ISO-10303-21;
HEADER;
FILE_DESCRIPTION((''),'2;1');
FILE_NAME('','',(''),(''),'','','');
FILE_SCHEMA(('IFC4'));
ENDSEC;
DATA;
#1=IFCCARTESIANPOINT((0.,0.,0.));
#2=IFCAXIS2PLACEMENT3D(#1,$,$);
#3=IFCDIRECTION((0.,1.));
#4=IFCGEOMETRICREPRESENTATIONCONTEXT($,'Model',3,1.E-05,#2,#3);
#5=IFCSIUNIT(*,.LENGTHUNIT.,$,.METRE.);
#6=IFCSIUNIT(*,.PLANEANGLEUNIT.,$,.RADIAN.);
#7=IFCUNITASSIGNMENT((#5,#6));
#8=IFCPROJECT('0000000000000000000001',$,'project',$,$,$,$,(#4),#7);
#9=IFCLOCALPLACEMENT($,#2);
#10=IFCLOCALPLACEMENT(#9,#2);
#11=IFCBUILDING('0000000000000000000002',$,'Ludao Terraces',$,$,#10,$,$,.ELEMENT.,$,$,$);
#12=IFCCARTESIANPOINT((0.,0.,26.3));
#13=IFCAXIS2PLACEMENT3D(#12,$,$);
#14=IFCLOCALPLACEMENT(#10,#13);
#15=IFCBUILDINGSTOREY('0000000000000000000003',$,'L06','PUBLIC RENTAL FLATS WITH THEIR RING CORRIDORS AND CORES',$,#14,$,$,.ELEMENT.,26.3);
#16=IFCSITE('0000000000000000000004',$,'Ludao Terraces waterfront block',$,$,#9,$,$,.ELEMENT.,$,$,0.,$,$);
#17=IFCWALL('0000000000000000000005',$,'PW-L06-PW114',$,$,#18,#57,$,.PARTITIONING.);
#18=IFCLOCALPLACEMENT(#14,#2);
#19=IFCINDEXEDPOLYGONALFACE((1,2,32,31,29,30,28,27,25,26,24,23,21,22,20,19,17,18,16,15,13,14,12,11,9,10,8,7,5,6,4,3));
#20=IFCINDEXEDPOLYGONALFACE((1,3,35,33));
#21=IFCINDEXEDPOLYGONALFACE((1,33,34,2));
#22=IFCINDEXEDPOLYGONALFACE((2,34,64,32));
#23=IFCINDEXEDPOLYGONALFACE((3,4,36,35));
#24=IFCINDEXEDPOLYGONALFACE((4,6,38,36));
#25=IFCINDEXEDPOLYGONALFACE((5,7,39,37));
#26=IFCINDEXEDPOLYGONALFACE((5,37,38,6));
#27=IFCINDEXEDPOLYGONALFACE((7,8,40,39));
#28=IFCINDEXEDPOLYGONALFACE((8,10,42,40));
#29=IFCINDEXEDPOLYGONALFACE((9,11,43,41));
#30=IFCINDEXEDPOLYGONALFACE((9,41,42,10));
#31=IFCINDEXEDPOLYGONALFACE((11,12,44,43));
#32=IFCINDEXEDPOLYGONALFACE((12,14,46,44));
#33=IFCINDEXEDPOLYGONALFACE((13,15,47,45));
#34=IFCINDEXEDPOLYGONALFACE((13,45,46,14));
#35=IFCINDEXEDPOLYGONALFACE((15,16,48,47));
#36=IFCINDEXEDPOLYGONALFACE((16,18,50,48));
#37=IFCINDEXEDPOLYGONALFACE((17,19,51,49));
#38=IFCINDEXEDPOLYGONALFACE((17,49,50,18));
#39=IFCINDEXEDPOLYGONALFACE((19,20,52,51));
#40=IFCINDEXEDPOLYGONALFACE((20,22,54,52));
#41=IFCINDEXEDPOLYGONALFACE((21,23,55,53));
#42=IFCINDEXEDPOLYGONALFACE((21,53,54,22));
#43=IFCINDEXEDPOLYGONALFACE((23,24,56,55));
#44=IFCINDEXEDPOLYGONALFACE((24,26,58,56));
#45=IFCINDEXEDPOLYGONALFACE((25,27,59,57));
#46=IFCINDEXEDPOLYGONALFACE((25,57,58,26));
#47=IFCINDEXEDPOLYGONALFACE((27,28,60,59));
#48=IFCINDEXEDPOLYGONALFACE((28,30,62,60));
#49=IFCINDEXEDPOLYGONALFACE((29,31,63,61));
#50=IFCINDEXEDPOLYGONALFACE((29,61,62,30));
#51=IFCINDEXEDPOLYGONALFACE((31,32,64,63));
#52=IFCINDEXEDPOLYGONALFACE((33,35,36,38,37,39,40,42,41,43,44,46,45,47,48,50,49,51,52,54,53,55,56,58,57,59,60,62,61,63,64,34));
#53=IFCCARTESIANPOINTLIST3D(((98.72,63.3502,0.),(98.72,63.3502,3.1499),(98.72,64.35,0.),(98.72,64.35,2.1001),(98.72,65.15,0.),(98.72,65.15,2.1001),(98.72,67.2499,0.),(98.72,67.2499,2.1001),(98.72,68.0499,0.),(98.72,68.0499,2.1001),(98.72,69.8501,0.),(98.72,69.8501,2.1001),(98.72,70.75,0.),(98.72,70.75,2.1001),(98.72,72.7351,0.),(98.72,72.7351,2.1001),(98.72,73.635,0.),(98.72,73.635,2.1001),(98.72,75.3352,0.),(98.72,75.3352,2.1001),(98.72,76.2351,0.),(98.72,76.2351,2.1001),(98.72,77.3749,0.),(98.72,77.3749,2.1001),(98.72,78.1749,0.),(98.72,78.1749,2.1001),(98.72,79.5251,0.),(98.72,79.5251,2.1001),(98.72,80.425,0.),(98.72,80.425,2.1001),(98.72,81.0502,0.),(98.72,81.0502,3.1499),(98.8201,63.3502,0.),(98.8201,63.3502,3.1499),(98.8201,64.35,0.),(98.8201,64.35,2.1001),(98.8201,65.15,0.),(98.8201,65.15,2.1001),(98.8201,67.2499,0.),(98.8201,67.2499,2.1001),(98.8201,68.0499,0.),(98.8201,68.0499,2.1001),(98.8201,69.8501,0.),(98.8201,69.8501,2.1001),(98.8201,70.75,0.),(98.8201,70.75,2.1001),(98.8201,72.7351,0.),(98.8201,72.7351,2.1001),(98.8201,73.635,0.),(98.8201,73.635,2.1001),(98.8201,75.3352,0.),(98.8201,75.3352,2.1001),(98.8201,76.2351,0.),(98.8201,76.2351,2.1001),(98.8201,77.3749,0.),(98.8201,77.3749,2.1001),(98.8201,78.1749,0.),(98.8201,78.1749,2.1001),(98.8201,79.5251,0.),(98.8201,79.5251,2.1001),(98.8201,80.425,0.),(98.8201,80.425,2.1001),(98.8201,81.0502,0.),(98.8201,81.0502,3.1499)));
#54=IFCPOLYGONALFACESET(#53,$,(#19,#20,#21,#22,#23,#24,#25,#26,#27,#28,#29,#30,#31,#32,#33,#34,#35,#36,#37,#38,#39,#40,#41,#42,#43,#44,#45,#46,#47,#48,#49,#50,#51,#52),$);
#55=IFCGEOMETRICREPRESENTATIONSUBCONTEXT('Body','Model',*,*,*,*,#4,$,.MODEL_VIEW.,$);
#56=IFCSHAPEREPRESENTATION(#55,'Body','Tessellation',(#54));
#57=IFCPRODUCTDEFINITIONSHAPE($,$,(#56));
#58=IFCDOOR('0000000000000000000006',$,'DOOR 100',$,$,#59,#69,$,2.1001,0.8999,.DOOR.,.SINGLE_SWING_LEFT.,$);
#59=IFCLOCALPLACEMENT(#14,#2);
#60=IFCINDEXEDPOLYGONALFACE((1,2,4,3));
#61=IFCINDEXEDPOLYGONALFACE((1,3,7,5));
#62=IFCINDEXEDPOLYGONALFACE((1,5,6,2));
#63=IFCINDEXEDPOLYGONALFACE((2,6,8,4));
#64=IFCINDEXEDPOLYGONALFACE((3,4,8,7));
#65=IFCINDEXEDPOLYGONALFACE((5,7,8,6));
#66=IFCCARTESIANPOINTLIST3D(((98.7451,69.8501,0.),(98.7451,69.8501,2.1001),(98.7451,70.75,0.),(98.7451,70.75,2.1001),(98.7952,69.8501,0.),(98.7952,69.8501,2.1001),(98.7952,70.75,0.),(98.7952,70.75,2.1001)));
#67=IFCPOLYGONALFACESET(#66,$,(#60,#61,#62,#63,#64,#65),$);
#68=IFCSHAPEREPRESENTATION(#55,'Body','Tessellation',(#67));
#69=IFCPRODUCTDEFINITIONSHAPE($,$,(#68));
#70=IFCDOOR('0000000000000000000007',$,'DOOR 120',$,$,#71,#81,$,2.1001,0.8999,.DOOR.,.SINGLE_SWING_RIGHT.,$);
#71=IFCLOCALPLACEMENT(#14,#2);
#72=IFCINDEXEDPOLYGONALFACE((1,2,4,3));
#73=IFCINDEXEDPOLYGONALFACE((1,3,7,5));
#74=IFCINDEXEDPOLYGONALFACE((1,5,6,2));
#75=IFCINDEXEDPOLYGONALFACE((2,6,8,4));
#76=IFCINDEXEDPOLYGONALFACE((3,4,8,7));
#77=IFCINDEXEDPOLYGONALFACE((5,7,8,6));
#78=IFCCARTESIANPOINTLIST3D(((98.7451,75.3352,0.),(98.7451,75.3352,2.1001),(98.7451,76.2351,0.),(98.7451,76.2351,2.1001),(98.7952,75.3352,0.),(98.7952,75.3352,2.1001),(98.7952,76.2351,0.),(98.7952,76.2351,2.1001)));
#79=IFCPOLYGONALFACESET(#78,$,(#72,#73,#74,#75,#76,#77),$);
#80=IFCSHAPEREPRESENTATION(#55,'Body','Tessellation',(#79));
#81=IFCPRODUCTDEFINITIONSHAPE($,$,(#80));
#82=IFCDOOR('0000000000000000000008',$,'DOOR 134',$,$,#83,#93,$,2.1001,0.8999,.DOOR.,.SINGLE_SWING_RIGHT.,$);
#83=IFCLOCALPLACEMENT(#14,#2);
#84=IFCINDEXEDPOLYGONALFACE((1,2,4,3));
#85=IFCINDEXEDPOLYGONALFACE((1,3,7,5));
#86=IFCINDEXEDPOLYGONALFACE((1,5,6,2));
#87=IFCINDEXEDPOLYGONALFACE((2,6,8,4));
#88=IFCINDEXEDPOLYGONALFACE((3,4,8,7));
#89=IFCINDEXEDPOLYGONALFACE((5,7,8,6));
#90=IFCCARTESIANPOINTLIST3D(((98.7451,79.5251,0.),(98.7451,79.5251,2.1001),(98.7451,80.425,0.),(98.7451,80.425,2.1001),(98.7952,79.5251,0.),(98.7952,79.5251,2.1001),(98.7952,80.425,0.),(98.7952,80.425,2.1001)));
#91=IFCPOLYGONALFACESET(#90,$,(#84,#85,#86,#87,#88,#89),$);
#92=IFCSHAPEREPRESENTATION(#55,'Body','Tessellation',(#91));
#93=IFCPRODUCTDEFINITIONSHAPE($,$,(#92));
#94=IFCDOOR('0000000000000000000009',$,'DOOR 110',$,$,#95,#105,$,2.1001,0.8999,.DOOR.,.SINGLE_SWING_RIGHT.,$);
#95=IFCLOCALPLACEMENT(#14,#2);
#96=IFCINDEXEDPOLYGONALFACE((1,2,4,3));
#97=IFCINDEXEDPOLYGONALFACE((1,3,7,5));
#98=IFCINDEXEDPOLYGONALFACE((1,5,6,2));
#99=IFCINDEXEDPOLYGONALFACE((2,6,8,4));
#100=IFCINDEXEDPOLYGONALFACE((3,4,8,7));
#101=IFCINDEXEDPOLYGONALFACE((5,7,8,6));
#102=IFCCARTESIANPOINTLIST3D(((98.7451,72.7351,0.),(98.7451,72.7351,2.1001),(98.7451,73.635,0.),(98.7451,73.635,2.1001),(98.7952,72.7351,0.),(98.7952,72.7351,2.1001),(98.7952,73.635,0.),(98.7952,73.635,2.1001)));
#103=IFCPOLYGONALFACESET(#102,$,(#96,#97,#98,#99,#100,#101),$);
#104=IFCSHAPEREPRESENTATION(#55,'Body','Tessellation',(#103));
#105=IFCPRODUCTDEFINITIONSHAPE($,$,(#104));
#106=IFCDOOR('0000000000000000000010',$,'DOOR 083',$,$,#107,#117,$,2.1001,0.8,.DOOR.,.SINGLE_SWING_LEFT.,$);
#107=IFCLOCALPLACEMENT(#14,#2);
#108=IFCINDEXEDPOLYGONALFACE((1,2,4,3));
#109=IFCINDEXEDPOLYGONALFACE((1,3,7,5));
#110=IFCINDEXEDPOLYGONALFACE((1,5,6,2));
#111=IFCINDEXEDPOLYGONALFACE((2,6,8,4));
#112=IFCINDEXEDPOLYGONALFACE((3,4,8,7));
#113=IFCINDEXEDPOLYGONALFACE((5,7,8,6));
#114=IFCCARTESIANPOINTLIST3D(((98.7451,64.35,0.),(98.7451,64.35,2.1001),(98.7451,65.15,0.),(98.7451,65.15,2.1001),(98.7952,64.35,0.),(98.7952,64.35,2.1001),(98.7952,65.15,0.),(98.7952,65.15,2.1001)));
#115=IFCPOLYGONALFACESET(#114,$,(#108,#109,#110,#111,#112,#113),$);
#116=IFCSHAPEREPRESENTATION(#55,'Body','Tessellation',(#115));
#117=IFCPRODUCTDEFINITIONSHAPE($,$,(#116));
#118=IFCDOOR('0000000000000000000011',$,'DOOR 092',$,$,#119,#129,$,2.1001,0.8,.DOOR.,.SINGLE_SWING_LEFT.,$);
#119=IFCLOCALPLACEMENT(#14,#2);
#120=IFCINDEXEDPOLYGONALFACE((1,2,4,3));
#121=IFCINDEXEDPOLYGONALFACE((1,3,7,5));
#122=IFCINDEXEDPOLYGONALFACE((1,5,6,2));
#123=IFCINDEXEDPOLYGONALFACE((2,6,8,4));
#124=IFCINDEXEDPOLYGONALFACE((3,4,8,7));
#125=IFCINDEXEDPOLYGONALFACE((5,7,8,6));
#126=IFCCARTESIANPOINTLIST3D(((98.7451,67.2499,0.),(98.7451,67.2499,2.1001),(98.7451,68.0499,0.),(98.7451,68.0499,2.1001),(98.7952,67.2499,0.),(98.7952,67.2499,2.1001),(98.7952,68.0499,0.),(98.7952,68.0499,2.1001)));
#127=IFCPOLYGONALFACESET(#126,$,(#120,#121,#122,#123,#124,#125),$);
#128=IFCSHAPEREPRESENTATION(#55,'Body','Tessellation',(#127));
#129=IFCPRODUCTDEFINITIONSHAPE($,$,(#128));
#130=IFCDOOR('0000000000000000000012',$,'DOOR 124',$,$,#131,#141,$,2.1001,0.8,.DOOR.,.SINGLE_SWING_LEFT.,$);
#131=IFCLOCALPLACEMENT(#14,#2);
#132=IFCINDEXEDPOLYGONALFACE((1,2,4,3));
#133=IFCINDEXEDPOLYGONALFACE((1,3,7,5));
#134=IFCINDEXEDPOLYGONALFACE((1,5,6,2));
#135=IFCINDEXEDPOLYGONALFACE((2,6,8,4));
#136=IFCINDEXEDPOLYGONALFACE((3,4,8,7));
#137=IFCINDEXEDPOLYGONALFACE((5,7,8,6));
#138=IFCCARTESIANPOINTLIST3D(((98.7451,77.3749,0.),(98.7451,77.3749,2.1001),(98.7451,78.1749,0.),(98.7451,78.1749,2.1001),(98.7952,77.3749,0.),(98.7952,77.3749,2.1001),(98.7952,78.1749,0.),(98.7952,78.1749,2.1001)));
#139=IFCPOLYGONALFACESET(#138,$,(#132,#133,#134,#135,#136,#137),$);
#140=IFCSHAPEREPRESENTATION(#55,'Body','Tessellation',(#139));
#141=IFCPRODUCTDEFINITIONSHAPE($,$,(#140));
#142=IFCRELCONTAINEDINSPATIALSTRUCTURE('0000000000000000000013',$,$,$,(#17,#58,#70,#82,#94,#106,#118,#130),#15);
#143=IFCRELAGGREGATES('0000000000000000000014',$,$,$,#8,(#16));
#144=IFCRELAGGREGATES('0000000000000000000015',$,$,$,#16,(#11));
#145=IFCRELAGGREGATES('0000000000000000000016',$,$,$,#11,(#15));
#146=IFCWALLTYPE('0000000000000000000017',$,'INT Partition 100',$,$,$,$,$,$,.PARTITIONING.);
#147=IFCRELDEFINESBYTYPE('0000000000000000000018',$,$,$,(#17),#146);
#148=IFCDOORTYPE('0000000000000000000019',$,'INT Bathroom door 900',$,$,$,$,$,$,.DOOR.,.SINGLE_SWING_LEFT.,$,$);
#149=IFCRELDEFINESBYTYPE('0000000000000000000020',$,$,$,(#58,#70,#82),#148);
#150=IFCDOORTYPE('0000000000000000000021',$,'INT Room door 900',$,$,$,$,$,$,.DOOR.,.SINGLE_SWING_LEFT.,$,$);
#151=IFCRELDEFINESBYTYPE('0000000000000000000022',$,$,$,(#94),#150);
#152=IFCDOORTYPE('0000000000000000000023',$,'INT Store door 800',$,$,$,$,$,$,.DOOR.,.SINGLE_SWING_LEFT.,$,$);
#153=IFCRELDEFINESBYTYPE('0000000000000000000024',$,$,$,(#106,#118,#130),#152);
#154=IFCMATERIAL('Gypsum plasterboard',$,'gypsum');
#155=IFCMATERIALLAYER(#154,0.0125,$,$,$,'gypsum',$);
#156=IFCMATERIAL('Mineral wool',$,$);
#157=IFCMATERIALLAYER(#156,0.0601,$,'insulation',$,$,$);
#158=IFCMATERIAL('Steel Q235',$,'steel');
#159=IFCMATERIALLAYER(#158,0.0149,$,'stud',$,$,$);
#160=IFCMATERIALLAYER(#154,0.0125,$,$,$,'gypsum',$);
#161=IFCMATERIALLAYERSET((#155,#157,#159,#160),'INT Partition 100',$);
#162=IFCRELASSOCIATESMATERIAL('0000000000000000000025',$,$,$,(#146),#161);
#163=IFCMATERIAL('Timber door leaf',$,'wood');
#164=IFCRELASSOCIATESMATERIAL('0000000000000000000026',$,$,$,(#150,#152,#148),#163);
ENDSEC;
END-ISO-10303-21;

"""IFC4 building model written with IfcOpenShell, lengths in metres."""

from ifc_helpers import new_model, si_unit, direction, frame, frame_2d, origin, place, context, subcontext, project, spatial, rectangle, extrude, material, layer, layer_set, type_object, element, fill, save


model = new_model("IFC4")

# Units and contexts
model_context = context("Model", 3, precision=1e-05, world=origin(), true_north=direction((0.0, 1.0)))
body_context = subcontext(model_context, "Body", "Model", "MODEL_VIEW")
ifc_project = project(units=[si_unit("LENGTHUNIT", "METRE"), si_unit("PLANEANGLEUNIT", "RADIAN")], contexts=[model_context])

# Site, building, storey
site_placement = place(None, origin())
site = spatial("IfcSite", under=ifc_project, at=site_placement, Name="Ludao Terraces waterfront block", CompositionType="ELEMENT", RefElevation=0.0)
building_placement = place(site_placement, origin())
building = spatial("IfcBuilding", under=site, at=building_placement, Name="Ludao Terraces", CompositionType="ELEMENT")
storey_placement = place(building_placement, frame((0.0, 0.0, 26.3)))
storey = spatial("IfcBuildingStorey", under=building, at=storey_placement, Name="L06", Description="PUBLIC RENTAL FLATS WITH THEIR RING CORRIDORS AND CORES", CompositionType="ELEMENT", Elevation=26.3)

# Shared definitions
ifc_material_1 = material(Name="Gypsum plasterboard", Category="gypsum")
ifc_layer_1 = layer(ifc_material_1, 0.0125, Category="gypsum")
ifc_material_2 = material(Name="Mineral wool")
ifc_layer_2 = layer(ifc_material_2, 0.0601, Name="insulation")
ifc_material_3 = material(Name="Steel Q235", Category="steel")
ifc_layer_3 = layer(ifc_material_3, 0.0149, Name="stud")
ifc_layer_4 = layer(ifc_material_1, 0.0125, Category="gypsum")
ifc_layer_set = layer_set([ifc_layer_1, ifc_layer_2, ifc_layer_3, ifc_layer_4], Name="INT Partition 100")
wall_type = type_object("IfcWallType", Name="INT Partition 100", PredefinedType="PARTITIONING", material=ifc_layer_set)

# Wall, openings, doors
ifc_material_4 = material(Name="Timber door leaf", Category="wood")
door_type_1 = type_object("IfcDoorType", Name="INT Room door 900", OperationType="SINGLE_SWING_LEFT", PredefinedType="DOOR", material=ifc_material_4)
door_type_2 = type_object("IfcDoorType", Name="INT Store door 800", OperationType="SINGLE_SWING_LEFT", PredefinedType="DOOR", material=ifc_material_4)
wall_1_placement = place(storey_placement, frame((98.77, 63.3501, 0.0), z_axis=(0.0, 0.0, 1.0), x_axis=(0.0, 1.0, 0.0)))
wall_1 = element("IfcWall", 1, at=wall_1_placement, inside=storey, type_object=wall_type, Name="PW-L06-PW114", PredefinedType="PARTITIONING", context=body_context, shape_type="SweptSolid", body=[
    extrude(rectangle(XDim=17.7, YDim=0.1001, at=frame_2d((8.8501, 0.0))), origin(), (0.0, 0.0, 1.0), 3.1499),
])
opening_1_placement = place(wall_1_placement, frame((1.0, 0.0, 0.0)))
opening_1 = element("IfcOpeningElement", 2, at=opening_1_placement, cuts=wall_1, PredefinedType="OPENING", context=body_context, shape_type="SweptSolid", body=[
    extrude(rectangle(XDim=0.8, YDim=2.1001, at=frame_2d((0.3999, 1.05))), frame((0.0, 0.0601, 0.0), z_axis=(0.0, -1.0, 0.0), x_axis=(1.0, 0.0, 0.0)), (0.0, 0.0, 1.0), 0.1201),
])
opening_2_placement = place(wall_1_placement, frame((3.8999, 0.0, 0.0)))
opening_2 = element("IfcOpeningElement", 3, at=opening_2_placement, cuts=wall_1, PredefinedType="OPENING", context=body_context, shape_type="SweptSolid", body=[
    extrude(rectangle(XDim=0.8, YDim=2.1001, at=frame_2d((0.3999, 1.05))), frame((0.0, 0.0601, 0.0), z_axis=(0.0, -1.0, 0.0), x_axis=(1.0, 0.0, 0.0)), (0.0, 0.0, 1.0), 0.1201),
])
opening_3_placement = place(wall_1_placement, frame((6.5, 0.0, 0.0)))
opening_3 = element("IfcOpeningElement", 4, at=opening_3_placement, cuts=wall_1, PredefinedType="OPENING", context=body_context, shape_type="SweptSolid", body=[
    extrude(rectangle(XDim=0.8999, YDim=2.1001, at=frame_2d((0.45, 1.05))), frame((0.0, 0.0601, 0.0), z_axis=(0.0, -1.0, 0.0), x_axis=(1.0, 0.0, 0.0)), (0.0, 0.0, 1.0), 0.1201),
])
opening_4_placement = place(wall_1_placement, frame((9.385, 0.0, 0.0)))
opening_4 = element("IfcOpeningElement", 5, at=opening_4_placement, cuts=wall_1, PredefinedType="OPENING", context=body_context, shape_type="SweptSolid", body=[
    extrude(rectangle(XDim=0.8999, YDim=2.1001, at=frame_2d((0.45, 1.05))), frame((0.0, 0.0601, 0.0), z_axis=(0.0, -1.0, 0.0), x_axis=(1.0, 0.0, 0.0)), (0.0, 0.0, 1.0), 0.1201),
])
opening_5_placement = place(wall_1_placement, frame((11.9851, 0.0, 0.0)))
opening_5 = element("IfcOpeningElement", 6, at=opening_5_placement, cuts=wall_1, PredefinedType="OPENING", context=body_context, shape_type="SweptSolid", body=[
    extrude(rectangle(XDim=0.8999, YDim=2.1001, at=frame_2d((0.45, 1.05))), frame((0.0, 0.0601, 0.0), z_axis=(0.0, -1.0, 0.0), x_axis=(1.0, 0.0, 0.0)), (0.0, 0.0, 1.0), 0.1201),
])
opening_6_placement = place(wall_1_placement, frame((14.0249, 0.0, 0.0)))
opening_6 = element("IfcOpeningElement", 7, at=opening_6_placement, cuts=wall_1, PredefinedType="OPENING", context=body_context, shape_type="SweptSolid", body=[
    extrude(rectangle(XDim=0.8, YDim=2.1001, at=frame_2d((0.3999, 1.05))), frame((0.0, 0.0601, 0.0), z_axis=(0.0, -1.0, 0.0), x_axis=(1.0, 0.0, 0.0)), (0.0, 0.0, 1.0), 0.1201),
])
opening_7_placement = place(wall_1_placement, frame((16.175, 0.0, 0.0)))
opening_7 = element("IfcOpeningElement", 8, at=opening_7_placement, cuts=wall_1, PredefinedType="OPENING", context=body_context, shape_type="SweptSolid", body=[
    extrude(rectangle(XDim=0.8999, YDim=2.1001, at=frame_2d((0.45, 1.05))), frame((0.0, 0.0601, 0.0), z_axis=(0.0, -1.0, 0.0), x_axis=(1.0, 0.0, 0.0)), (0.0, 0.0, 1.0), 0.1201),
])
door_type_3 = type_object("IfcDoorType", Name="INT Bathroom door 900", OperationType="SINGLE_SWING_LEFT", PredefinedType="DOOR", material=ifc_material_4)
door_1_placement = place(opening_3_placement, origin())
door_1 = element("IfcDoor", 9, at=door_1_placement, inside=storey, type_object=door_type_3, Name="DOOR 100", OperationType="SINGLE_SWING_LEFT", OverallHeight=2.1001, OverallWidth=0.8999, PredefinedType="DOOR", context=body_context, shape_type="SweptSolid", body=[
    extrude(rectangle(XDim=0.8999, YDim=2.1001, at=frame_2d((0.45, 1.05))), frame((0.0, 0.0249, 0.0), z_axis=(0.0, -1.0, 0.0), x_axis=(1.0, 0.0, 0.0)), (0.0, 0.0, 1.0), 0.05),
])
fill(opening_3, door_1)
door_2_placement = place(opening_5_placement, origin())
door_2 = element("IfcDoor", 10, at=door_2_placement, inside=storey, type_object=door_type_3, Name="DOOR 120", OperationType="SINGLE_SWING_RIGHT", OverallHeight=2.1001, OverallWidth=0.8999, PredefinedType="DOOR", context=body_context, shape_type="SweptSolid", body=[
    extrude(rectangle(XDim=0.8999, YDim=2.1001, at=frame_2d((0.45, 1.05))), frame((0.0, 0.0249, 0.0), z_axis=(0.0, -1.0, 0.0), x_axis=(1.0, 0.0, 0.0)), (0.0, 0.0, 1.0), 0.05),
])
fill(opening_5, door_2)
door_3_placement = place(opening_7_placement, origin())
door_3 = element("IfcDoor", 11, at=door_3_placement, inside=storey, type_object=door_type_3, Name="DOOR 134", OperationType="SINGLE_SWING_RIGHT", OverallHeight=2.1001, OverallWidth=0.8999, PredefinedType="DOOR", context=body_context, shape_type="SweptSolid", body=[
    extrude(rectangle(XDim=0.8999, YDim=2.1001, at=frame_2d((0.45, 1.05))), frame((0.0, 0.0249, 0.0), z_axis=(0.0, -1.0, 0.0), x_axis=(1.0, 0.0, 0.0)), (0.0, 0.0, 1.0), 0.05),
])
fill(opening_7, door_3)
door_4_placement = place(opening_4_placement, origin())
door_4 = element("IfcDoor", 12, at=door_4_placement, inside=storey, type_object=door_type_1, Name="DOOR 110", OperationType="SINGLE_SWING_RIGHT", OverallHeight=2.1001, OverallWidth=0.8999, PredefinedType="DOOR", context=body_context, shape_type="SweptSolid", body=[
    extrude(rectangle(XDim=0.8999, YDim=2.1001, at=frame_2d((0.45, 1.05))), frame((0.0, 0.0249, 0.0), z_axis=(0.0, -1.0, 0.0), x_axis=(1.0, 0.0, 0.0)), (0.0, 0.0, 1.0), 0.05),
])
fill(opening_4, door_4)
door_5_placement = place(opening_1_placement, origin())
door_5 = element("IfcDoor", 13, at=door_5_placement, inside=storey, type_object=door_type_2, Name="DOOR 083", OperationType="SINGLE_SWING_LEFT", OverallHeight=2.1001, OverallWidth=0.8, PredefinedType="DOOR", context=body_context, shape_type="SweptSolid", body=[
    extrude(rectangle(XDim=0.8, YDim=2.1001, at=frame_2d((0.3999, 1.05))), frame((0.0, 0.0249, 0.0), z_axis=(0.0, -1.0, 0.0), x_axis=(1.0, 0.0, 0.0)), (0.0, 0.0, 1.0), 0.05),
])
fill(opening_1, door_5)
door_6_placement = place(opening_2_placement, origin())
door_6 = element("IfcDoor", 14, at=door_6_placement, inside=storey, type_object=door_type_2, Name="DOOR 092", OperationType="SINGLE_SWING_LEFT", OverallHeight=2.1001, OverallWidth=0.8, PredefinedType="DOOR", context=body_context, shape_type="SweptSolid", body=[
    extrude(rectangle(XDim=0.8, YDim=2.1001, at=frame_2d((0.3999, 1.05))), frame((0.0, 0.0249, 0.0), z_axis=(0.0, -1.0, 0.0), x_axis=(1.0, 0.0, 0.0)), (0.0, 0.0, 1.0), 0.05),
])
fill(opening_2, door_6)
door_7_placement = place(opening_6_placement, origin())
door_7 = element("IfcDoor", 15, at=door_7_placement, inside=storey, type_object=door_type_2, Name="DOOR 124", OperationType="SINGLE_SWING_LEFT", OverallHeight=2.1001, OverallWidth=0.8, PredefinedType="DOOR", context=body_context, shape_type="SweptSolid", body=[
    extrude(rectangle(XDim=0.8, YDim=2.1001, at=frame_2d((0.3999, 1.05))), frame((0.0, 0.0249, 0.0), z_axis=(0.0, -1.0, 0.0), x_axis=(1.0, 0.0, 0.0)), (0.0, 0.0, 1.0), 0.05),
])
fill(opening_6, door_7)

save(model, "model.ifc")
